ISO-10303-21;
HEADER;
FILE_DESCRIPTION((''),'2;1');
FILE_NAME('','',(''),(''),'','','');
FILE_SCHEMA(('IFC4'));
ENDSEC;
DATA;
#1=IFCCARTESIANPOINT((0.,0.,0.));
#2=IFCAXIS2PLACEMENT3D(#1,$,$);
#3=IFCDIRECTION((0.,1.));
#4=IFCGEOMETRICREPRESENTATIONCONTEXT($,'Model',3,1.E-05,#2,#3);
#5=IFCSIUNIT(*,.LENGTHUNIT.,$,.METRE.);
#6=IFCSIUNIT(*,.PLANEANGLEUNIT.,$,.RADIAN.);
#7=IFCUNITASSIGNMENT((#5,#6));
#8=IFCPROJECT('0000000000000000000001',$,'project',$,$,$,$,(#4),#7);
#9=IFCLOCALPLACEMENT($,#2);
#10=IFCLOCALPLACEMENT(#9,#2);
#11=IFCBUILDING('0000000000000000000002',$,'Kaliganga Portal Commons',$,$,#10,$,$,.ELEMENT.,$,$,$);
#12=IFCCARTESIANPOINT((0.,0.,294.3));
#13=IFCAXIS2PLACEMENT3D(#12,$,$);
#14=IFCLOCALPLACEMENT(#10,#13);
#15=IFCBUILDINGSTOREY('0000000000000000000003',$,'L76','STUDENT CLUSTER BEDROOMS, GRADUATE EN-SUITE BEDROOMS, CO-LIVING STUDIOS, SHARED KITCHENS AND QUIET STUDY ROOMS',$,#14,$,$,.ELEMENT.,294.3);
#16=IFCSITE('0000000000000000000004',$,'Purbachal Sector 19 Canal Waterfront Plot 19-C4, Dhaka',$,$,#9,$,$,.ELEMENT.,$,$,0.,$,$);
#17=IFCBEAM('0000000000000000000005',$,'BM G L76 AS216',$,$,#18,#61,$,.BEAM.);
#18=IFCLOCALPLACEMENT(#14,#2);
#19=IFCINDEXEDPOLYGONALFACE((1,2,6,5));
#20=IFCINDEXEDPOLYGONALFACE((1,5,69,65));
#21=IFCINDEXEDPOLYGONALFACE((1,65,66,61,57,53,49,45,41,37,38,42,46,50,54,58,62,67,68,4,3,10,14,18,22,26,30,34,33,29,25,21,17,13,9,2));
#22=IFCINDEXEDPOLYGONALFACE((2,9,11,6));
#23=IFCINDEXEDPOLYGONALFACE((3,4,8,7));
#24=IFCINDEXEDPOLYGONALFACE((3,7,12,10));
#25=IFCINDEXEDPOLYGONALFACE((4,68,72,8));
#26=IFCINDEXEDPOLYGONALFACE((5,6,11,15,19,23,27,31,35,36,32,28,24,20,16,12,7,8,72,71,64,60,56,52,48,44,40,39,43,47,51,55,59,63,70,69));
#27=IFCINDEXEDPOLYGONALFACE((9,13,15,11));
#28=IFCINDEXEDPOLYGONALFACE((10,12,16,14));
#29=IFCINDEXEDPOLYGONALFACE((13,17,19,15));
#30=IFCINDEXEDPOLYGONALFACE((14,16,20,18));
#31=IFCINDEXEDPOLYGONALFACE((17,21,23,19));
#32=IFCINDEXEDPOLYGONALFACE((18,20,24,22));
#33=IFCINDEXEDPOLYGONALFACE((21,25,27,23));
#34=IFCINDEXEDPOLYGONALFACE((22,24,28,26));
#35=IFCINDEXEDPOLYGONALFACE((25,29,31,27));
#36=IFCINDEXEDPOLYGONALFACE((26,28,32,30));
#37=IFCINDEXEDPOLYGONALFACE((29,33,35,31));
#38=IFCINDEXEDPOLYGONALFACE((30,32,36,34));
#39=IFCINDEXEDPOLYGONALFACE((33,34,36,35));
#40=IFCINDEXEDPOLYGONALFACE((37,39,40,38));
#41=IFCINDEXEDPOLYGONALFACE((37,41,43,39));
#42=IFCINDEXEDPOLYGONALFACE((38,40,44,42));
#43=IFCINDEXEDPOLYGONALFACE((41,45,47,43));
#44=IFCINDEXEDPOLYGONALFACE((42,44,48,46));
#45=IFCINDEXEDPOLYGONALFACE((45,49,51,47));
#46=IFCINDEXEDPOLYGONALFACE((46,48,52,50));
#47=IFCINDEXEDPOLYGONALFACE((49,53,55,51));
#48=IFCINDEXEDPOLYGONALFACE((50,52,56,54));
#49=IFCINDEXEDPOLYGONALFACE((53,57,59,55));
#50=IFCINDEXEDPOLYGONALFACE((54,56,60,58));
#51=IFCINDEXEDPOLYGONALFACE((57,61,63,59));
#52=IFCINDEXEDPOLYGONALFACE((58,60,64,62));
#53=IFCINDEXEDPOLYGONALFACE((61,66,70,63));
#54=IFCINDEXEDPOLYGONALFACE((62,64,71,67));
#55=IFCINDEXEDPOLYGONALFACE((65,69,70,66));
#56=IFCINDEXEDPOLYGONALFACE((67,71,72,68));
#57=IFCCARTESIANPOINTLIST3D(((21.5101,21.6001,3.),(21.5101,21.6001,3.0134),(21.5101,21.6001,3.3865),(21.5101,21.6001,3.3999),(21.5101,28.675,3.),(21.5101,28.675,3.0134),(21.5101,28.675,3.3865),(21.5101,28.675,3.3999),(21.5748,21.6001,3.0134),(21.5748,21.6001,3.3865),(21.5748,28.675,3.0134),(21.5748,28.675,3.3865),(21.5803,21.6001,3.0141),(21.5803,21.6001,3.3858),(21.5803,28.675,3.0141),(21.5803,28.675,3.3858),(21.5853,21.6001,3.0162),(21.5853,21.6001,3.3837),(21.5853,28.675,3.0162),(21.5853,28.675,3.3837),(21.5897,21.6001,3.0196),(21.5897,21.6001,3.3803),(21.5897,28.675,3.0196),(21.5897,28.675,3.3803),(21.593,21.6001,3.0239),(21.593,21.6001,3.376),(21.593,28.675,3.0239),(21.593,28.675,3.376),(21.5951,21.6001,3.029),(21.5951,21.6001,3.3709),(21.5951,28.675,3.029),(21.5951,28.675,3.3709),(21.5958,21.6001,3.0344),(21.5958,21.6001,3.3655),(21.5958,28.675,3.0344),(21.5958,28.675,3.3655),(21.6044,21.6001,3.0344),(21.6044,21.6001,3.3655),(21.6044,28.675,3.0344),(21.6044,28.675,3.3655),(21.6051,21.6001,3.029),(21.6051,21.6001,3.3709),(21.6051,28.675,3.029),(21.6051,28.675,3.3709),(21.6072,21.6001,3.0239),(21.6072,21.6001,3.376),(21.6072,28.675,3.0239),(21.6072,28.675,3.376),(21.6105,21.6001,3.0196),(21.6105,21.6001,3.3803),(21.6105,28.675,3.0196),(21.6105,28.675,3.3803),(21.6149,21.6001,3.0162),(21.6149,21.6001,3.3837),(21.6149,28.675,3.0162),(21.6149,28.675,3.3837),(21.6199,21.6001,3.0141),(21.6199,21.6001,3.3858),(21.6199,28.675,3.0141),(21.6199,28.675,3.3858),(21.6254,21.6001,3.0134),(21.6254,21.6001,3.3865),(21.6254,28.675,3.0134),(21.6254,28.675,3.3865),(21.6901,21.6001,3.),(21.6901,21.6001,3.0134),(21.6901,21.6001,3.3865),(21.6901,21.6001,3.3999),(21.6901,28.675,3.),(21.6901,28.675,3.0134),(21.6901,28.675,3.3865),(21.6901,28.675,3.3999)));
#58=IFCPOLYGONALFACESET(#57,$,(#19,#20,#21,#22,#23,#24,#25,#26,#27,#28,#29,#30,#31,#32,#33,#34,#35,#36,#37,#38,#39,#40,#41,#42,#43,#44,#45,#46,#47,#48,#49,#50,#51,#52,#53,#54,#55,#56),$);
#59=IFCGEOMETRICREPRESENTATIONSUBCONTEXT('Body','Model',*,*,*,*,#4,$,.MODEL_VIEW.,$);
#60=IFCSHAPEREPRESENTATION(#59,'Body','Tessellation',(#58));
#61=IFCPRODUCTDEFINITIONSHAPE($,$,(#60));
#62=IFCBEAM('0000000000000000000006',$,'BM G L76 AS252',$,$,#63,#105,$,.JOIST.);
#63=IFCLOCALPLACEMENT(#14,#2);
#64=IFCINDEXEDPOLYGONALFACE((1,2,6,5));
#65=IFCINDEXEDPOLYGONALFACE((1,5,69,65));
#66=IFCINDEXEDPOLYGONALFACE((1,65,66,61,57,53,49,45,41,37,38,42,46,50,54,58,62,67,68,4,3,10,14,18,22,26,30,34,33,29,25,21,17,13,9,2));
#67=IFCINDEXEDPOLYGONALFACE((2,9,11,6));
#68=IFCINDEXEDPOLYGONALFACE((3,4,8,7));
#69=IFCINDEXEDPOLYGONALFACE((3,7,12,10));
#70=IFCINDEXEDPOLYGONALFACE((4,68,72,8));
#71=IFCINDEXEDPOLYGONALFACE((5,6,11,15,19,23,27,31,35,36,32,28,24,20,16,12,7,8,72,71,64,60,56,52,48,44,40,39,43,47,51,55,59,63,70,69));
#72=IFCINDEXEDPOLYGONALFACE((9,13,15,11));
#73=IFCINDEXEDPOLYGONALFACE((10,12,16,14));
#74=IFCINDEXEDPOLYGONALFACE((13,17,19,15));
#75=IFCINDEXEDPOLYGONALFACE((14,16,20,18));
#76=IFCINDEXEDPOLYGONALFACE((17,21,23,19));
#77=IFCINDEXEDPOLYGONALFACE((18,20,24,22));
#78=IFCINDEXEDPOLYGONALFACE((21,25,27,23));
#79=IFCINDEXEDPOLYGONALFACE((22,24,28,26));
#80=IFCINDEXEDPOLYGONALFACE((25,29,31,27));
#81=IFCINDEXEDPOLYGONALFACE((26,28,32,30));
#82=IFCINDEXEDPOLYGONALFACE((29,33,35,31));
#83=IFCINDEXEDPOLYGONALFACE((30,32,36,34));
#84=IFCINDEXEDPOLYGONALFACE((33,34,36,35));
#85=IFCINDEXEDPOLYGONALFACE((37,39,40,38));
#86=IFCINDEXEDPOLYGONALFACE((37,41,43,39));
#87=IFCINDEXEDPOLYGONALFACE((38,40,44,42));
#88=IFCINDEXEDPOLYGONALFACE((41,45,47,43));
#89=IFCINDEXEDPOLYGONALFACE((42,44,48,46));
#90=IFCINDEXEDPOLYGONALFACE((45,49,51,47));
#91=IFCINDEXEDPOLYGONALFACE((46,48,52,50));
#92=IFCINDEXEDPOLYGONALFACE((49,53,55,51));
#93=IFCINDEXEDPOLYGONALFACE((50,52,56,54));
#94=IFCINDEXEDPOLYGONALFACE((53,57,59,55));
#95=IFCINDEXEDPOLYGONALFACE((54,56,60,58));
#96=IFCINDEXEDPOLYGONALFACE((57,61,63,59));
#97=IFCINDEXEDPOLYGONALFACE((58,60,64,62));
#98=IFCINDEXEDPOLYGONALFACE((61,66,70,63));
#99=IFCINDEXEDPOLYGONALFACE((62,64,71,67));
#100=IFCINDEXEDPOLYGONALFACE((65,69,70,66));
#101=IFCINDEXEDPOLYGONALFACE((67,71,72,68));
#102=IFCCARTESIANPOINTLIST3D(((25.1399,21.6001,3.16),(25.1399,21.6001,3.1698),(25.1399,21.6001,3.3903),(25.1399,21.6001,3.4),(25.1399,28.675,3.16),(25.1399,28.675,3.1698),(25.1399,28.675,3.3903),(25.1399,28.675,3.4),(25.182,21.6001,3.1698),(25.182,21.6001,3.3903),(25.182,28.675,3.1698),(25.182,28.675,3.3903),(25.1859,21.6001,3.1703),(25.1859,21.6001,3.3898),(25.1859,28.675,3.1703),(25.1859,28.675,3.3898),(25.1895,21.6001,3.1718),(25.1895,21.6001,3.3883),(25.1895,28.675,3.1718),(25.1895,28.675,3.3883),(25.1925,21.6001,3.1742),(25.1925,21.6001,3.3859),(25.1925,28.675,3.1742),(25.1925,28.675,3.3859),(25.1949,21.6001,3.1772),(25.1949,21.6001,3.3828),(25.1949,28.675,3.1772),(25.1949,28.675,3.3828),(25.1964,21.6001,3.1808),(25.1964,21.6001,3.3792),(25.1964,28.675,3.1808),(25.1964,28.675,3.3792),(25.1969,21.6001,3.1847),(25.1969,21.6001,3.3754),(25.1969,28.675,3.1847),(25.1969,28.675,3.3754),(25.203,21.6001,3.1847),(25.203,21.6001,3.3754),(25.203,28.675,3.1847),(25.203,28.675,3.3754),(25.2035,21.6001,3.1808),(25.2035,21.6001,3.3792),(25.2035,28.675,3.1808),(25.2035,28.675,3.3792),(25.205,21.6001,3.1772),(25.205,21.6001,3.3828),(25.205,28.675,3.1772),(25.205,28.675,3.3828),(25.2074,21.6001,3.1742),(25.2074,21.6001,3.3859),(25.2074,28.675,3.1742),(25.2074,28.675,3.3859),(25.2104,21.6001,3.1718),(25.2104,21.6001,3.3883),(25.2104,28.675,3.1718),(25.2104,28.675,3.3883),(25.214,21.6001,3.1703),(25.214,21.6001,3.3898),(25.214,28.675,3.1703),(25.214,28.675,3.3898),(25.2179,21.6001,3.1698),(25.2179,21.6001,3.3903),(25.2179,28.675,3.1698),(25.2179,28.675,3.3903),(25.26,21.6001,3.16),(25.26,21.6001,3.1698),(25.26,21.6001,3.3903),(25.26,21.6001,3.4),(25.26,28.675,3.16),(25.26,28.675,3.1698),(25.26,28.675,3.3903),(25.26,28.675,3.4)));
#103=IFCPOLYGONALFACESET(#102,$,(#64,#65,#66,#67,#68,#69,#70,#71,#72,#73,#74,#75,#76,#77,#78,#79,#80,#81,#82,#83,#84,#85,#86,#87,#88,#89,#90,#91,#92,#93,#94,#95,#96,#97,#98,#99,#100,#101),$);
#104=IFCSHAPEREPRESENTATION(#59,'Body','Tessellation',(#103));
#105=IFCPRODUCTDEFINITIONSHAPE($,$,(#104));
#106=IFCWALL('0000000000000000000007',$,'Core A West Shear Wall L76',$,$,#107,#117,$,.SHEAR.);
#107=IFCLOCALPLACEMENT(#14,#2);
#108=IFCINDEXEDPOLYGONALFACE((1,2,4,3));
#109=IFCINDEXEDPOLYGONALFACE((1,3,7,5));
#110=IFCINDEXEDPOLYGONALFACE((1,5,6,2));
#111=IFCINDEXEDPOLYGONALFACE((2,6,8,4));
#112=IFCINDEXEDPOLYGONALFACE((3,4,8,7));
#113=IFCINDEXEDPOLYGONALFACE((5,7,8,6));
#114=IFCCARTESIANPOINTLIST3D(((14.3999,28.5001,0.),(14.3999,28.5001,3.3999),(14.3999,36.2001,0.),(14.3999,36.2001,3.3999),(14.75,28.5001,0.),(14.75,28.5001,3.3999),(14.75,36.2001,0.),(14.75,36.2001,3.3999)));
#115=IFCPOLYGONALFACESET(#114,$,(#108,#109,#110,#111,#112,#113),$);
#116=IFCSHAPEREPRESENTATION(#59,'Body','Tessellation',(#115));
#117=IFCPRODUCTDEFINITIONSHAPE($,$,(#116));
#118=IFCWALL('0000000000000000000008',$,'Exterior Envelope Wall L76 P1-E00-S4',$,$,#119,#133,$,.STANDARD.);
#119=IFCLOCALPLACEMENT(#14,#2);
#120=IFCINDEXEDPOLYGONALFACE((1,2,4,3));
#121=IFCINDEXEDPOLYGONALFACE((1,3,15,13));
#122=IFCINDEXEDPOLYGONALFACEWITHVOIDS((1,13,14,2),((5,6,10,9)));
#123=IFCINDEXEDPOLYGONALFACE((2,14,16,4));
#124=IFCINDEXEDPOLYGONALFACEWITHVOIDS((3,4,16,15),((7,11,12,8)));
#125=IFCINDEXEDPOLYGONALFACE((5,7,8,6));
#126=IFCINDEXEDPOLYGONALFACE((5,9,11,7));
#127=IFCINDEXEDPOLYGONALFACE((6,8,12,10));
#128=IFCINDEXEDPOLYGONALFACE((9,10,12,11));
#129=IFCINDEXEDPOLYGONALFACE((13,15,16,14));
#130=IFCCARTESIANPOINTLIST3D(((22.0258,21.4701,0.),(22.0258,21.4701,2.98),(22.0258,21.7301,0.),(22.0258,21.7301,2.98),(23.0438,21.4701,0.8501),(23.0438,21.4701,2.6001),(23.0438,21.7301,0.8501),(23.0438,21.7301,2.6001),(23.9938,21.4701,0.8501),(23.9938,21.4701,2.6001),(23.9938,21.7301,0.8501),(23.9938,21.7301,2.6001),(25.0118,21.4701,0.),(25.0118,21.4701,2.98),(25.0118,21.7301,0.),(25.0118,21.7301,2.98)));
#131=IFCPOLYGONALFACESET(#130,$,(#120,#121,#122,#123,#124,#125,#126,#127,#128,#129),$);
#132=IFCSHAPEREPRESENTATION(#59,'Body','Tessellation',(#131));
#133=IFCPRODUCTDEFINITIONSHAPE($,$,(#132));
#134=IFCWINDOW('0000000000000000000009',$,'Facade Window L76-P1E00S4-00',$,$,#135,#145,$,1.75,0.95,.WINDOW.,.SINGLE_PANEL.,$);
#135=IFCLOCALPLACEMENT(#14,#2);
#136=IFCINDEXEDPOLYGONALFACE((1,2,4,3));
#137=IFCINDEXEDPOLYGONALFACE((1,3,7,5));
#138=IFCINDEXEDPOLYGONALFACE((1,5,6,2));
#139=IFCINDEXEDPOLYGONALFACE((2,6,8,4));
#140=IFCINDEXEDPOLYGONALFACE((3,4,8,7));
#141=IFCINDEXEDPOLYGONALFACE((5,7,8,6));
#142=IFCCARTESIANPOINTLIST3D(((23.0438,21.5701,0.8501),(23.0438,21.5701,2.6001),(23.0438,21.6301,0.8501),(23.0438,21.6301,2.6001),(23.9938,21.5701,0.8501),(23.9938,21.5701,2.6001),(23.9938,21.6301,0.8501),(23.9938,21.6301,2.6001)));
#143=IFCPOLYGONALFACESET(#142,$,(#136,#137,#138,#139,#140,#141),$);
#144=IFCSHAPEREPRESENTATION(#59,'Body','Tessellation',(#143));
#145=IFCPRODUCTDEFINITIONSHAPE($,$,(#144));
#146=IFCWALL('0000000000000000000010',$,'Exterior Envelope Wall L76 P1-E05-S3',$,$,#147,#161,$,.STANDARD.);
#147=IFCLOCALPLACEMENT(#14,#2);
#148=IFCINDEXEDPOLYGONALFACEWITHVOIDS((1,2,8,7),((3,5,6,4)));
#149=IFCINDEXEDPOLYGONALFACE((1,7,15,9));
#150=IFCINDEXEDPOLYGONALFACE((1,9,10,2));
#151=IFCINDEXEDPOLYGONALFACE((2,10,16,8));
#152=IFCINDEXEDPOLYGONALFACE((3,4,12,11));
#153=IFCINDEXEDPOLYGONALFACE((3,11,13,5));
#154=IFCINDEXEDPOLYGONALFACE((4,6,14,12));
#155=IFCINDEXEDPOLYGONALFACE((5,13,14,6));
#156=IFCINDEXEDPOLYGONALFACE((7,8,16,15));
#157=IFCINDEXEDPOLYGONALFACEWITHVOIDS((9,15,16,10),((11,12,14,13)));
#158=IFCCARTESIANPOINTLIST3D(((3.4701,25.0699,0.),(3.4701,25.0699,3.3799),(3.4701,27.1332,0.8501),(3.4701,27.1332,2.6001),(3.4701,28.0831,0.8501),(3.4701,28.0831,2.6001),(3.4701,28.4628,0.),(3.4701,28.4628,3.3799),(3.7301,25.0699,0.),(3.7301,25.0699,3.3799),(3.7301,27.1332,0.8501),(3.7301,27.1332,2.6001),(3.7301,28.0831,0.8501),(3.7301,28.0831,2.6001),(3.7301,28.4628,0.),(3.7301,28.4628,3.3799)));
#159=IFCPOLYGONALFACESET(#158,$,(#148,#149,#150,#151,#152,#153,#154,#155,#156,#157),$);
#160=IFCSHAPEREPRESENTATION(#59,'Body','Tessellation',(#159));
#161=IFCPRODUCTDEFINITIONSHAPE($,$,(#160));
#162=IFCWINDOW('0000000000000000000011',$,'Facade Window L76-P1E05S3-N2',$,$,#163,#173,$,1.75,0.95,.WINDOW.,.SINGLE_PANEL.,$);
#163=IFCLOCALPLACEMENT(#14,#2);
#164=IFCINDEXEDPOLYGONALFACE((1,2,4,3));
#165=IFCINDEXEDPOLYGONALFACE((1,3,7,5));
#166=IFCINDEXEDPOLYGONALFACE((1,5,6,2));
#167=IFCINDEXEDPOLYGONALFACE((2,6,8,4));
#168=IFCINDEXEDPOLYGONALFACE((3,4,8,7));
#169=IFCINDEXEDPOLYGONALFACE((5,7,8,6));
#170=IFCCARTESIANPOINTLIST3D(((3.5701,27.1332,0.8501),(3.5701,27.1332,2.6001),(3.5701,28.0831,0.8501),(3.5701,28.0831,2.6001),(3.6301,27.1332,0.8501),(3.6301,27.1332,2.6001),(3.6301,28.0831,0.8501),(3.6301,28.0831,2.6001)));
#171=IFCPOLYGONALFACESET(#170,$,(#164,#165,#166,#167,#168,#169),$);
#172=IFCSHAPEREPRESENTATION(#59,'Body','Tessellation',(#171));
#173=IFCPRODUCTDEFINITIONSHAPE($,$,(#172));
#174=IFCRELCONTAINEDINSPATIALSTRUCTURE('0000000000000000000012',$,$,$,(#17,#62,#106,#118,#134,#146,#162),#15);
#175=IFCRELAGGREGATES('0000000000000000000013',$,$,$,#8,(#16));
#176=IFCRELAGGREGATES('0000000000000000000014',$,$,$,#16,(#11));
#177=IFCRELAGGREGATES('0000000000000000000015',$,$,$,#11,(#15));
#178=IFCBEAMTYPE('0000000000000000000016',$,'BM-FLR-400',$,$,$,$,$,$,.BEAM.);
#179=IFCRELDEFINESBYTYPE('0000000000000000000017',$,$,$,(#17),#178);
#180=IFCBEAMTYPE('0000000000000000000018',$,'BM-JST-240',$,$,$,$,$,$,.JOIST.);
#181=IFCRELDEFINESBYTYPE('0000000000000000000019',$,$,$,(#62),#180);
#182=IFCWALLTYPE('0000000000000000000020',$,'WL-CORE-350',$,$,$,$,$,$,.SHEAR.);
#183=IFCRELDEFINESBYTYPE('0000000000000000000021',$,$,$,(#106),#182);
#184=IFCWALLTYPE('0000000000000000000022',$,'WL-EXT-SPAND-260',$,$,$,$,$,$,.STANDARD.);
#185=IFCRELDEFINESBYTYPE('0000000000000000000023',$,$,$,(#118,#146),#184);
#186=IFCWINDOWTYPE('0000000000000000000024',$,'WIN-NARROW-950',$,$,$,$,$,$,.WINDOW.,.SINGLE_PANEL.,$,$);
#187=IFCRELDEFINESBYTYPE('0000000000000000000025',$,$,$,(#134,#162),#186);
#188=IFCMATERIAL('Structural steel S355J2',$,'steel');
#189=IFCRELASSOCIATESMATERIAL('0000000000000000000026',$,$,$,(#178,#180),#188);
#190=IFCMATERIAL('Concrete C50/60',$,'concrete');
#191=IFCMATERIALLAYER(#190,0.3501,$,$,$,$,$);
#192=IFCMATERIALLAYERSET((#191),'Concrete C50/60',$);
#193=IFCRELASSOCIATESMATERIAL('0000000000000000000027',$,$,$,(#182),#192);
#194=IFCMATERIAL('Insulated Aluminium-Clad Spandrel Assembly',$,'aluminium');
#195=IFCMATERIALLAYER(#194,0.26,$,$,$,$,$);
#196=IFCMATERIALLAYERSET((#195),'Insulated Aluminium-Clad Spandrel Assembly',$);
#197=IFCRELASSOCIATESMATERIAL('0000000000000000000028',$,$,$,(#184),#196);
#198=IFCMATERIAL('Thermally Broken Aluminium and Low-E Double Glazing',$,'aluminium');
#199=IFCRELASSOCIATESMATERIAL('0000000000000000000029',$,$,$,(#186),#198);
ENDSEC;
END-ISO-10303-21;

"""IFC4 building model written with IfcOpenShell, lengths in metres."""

from ifc_helpers import new_model, si_unit, direction, frame, frame_2d, origin, origin_2d, place, context, subcontext, project, spatial, rectangle, i_section, extrude, source, transform, mapped, material, layer, layer_set, material_profile, profile_set, type_object, element, fill, save


model = new_model("IFC4")

# Units and contexts
model_context = context("Model", 3, precision=1e-05, world=origin(), true_north=direction((0.0, 1.0)))
body_context = subcontext(model_context, "Body", "Model", "MODEL_VIEW")
ifc_project = project(units=[si_unit("LENGTHUNIT", "METRE"), si_unit("PLANEANGLEUNIT", "RADIAN")], contexts=[model_context])

# Site, building, storey
site_placement = place(None, origin())
site = spatial("IfcSite", under=ifc_project, at=site_placement, Name="Purbachal Sector 19 Canal Waterfront Plot 19-C4, Dhaka", CompositionType="ELEMENT", RefElevation=0.0)
building_placement = place(site_placement, origin())
building = spatial("IfcBuilding", under=site, at=building_placement, Name="Kaliganga Portal Commons", CompositionType="ELEMENT")
storey_placement = place(building_placement, frame((0.0, 0.0, 294.3)))
storey = spatial("IfcBuildingStorey", under=building, at=storey_placement, Name="L76", Description="STUDENT CLUSTER BEDROOMS, GRADUATE EN-SUITE BEDROOMS, CO-LIVING STUDIOS, SHARED KITCHENS AND QUIET STUDY ROOMS", CompositionType="ELEMENT", Elevation=294.3)

# Shared definitions
ifc_material_1 = material(Name="Concrete C50/60", Category="concrete")
ifc_material_2 = material(Name="Structural steel S355J2", Category="steel")

# Beams
ifc_material_profile_1 = material_profile(ifc_material_2, i_section(OverallWidth=0.1799, OverallDepth=0.3999, WebThickness=0.0085, FlangeThickness=0.0134, FilletRadius=0.021, at=origin_2d()), Name="IPE 400")
ifc_profile_set_1 = profile_set([ifc_material_profile_1], Name="Structural steel S355J2 wide-flange")
beam_type_1 = type_object("IfcBeamType", Name="BM-FLR-400", PredefinedType="BEAM", material=ifc_profile_set_1)
shared_shape_1 = source(origin(), body_context, "Body", "SweptSolid", [
    extrude(i_section(OverallWidth=0.1799, OverallDepth=0.3999, WebThickness=0.0085, FlangeThickness=0.0134, FilletRadius=0.021, at=origin_2d()), origin(), (0.0, 0.0, 1.0), 7.075),
])
beam_1_placement = place(storey_placement, frame((21.6001, 21.6001, 3.2), z_axis=(0.0, 1.0, 0.0), x_axis=(-1.0, 0.0, 0.0)))
element("IfcBeam", 1, at=beam_1_placement, inside=storey, type_object=beam_type_1, Name="BM G L76 AS216", PredefinedType="BEAM", context=body_context, shape_type="MappedRepresentation", body=[
    mapped(shared_shape_1, transform((0.0, 0.0, 0.0), x_axis=(1.0, 0.0, 0.0), y_axis=(0.0, 1.0, 0.0), z_axis=(0.0, 0.0, 1.0), scale=1.0)),
])
ifc_material_profile_2 = material_profile(ifc_material_2, i_section(OverallWidth=0.1201, OverallDepth=0.24, WebThickness=0.0061, FlangeThickness=0.0098, FilletRadius=0.0149, at=origin_2d()), Name="IPE 240")
ifc_profile_set_2 = profile_set([ifc_material_profile_2], Name="Structural steel S355J2 wide-flange")
beam_type_2 = type_object("IfcBeamType", Name="BM-JST-240", PredefinedType="JOIST", material=ifc_profile_set_2)
shared_shape_2 = source(origin(), body_context, "Body", "SweptSolid", [
    extrude(i_section(OverallWidth=0.1201, OverallDepth=0.24, WebThickness=0.0061, FlangeThickness=0.0098, FilletRadius=0.0149, at=origin_2d()), origin(), (0.0, 0.0, 1.0), 7.075),
])
beam_2_placement = place(storey_placement, frame((25.2, 21.6001, 3.28), z_axis=(0.0, 1.0, 0.0), x_axis=(-1.0, 0.0, 0.0)))
element("IfcBeam", 2, at=beam_2_placement, inside=storey, type_object=beam_type_2, Name="BM G L76 AS252", PredefinedType="JOIST", context=body_context, shape_type="MappedRepresentation", body=[
    mapped(shared_shape_2, transform((0.0, 0.0, 0.0), x_axis=(1.0, 0.0, 0.0), y_axis=(0.0, 1.0, 0.0), z_axis=(0.0, 0.0, 1.0), scale=1.0)),
])

# Wall
ifc_layer_1 = layer(ifc_material_1, 0.3501)
ifc_layer_set_1 = layer_set([ifc_layer_1], Name="Concrete C50/60")
wall_type_1 = type_object("IfcWallType", Name="WL-CORE-350", PredefinedType="SHEAR", material=ifc_layer_set_1)
wall_1_placement = place(storey_placement, frame((14.575, 28.5, 0.0), z_axis=(0.0, 0.0, 1.0), x_axis=(0.0, 1.0, 0.0)))
element("IfcWall", 3, at=wall_1_placement, inside=storey, type_object=wall_type_1, Name="Core A West Shear Wall L76", PredefinedType="SHEAR", context=body_context, shape_type="SweptSolid", body=[
    extrude(rectangle(XDim=7.7, YDim=0.3501, at=frame_2d((3.8501, 0.0))), origin(), (0.0, 0.0, 1.0), 3.3999),
])

# Walls, openings, windows
ifc_material_3 = material(Name="Insulated Aluminium-Clad Spandrel Assembly", Category="aluminium")
ifc_layer_2 = layer(ifc_material_3, 0.26)
ifc_layer_set_2 = layer_set([ifc_layer_2], Name="Insulated Aluminium-Clad Spandrel Assembly")
wall_type_2 = type_object("IfcWallType", Name="WL-EXT-SPAND-260", PredefinedType="STANDARD", material=ifc_layer_set_2)
wall_2_placement = place(storey_placement, frame((25.012, 21.6001, 0.0), z_axis=(0.0, 0.0, 1.0), x_axis=(-1.0, 0.0, 0.0)))
wall_2 = element("IfcWall", 4, at=wall_2_placement, inside=storey, type_object=wall_type_2, Name="Exterior Envelope Wall L76 P1-E00-S4", PredefinedType="STANDARD", context=body_context, shape_type="SweptSolid", body=[
    extrude(rectangle(XDim=2.9861, YDim=0.26, at=frame_2d((1.4932, 0.0))), origin(), (0.0, 0.0, 1.0), 2.98),
])
opening_1_placement = place(wall_2_placement, frame((1.0181, 0.0, 0.8501)))
opening_1 = element("IfcOpeningElement", 5, at=opening_1_placement, cuts=wall_2, PredefinedType="OPENING", context=body_context, shape_type="SweptSolid", body=[
    extrude(rectangle(XDim=0.95, YDim=1.75, at=frame_2d((0.4751, 0.875))), frame((0.0, 0.1401, 0.0), z_axis=(0.0, -1.0, 0.0), x_axis=(1.0, 0.0, 0.0)), (0.0, 0.0, 1.0), 0.28),
])
ifc_material_4 = material(Name="Thermally Broken Aluminium and Low-E Double Glazing", Category="aluminium")
window_type_1 = type_object("IfcWindowType", Name="WIN-NARROW-950", PartitioningType="SINGLE_PANEL", PredefinedType="WINDOW", material=ifc_material_4)
window_1_placement = place(opening_1_placement, origin())
window_1 = element("IfcWindow", 6, at=window_1_placement, inside=storey, type_object=window_type_1, Name="Facade Window L76-P1E00S4-00", OverallHeight=1.75, OverallWidth=0.95, PartitioningType="SINGLE_PANEL", PredefinedType="WINDOW", context=body_context, shape_type="SweptSolid", body=[
    extrude(rectangle(XDim=0.95, YDim=1.75, at=frame_2d((0.4751, 0.875))), frame((0.0, 0.03, 0.0), z_axis=(0.0, -1.0, 0.0), x_axis=(1.0, 0.0, 0.0)), (0.0, 0.0, 1.0), 0.0601),
])
fill(opening_1, window_1)
wall_3_placement = place(storey_placement, frame((3.6001, 25.0701, 0.0), z_axis=(0.0, 0.0, 1.0), x_axis=(0.0, 1.0, 0.0)))
wall_3 = element("IfcWall", 7, at=wall_3_placement, inside=storey, type_object=wall_type_2, Name="Exterior Envelope Wall L76 P1-E05-S3", PredefinedType="STANDARD", context=body_context, shape_type="SweptSolid", body=[
    extrude(rectangle(XDim=3.3928, YDim=0.26, at=frame_2d((1.6963, 0.0))), origin(), (0.0, 0.0, 1.0), 3.3799),
])
opening_2_placement = place(wall_3_placement, frame((2.063, 0.0, 0.8501)))
opening_2 = element("IfcOpeningElement", 8, at=opening_2_placement, cuts=wall_3, PredefinedType="OPENING", context=body_context, shape_type="SweptSolid", body=[
    extrude(rectangle(XDim=0.95, YDim=1.75, at=frame_2d((0.4751, 0.875))), frame((0.0, 0.1401, 0.0), z_axis=(0.0, -1.0, 0.0), x_axis=(1.0, 0.0, 0.0)), (0.0, 0.0, 1.0), 0.28),
])
window_2_placement = place(opening_2_placement, origin())
window_2 = element("IfcWindow", 9, at=window_2_placement, inside=storey, type_object=window_type_1, Name="Facade Window L76-P1E05S3-N2", OverallHeight=1.75, OverallWidth=0.95, PartitioningType="SINGLE_PANEL", PredefinedType="WINDOW", context=body_context, shape_type="SweptSolid", body=[
    extrude(rectangle(XDim=0.95, YDim=1.75, at=frame_2d((0.4751, 0.875))), frame((0.0, 0.03, 0.0), z_axis=(0.0, -1.0, 0.0), x_axis=(1.0, 0.0, 0.0)), (0.0, 0.0, 1.0), 0.0601),
])
fill(opening_2, window_2)

save(model, "model.ifc")
